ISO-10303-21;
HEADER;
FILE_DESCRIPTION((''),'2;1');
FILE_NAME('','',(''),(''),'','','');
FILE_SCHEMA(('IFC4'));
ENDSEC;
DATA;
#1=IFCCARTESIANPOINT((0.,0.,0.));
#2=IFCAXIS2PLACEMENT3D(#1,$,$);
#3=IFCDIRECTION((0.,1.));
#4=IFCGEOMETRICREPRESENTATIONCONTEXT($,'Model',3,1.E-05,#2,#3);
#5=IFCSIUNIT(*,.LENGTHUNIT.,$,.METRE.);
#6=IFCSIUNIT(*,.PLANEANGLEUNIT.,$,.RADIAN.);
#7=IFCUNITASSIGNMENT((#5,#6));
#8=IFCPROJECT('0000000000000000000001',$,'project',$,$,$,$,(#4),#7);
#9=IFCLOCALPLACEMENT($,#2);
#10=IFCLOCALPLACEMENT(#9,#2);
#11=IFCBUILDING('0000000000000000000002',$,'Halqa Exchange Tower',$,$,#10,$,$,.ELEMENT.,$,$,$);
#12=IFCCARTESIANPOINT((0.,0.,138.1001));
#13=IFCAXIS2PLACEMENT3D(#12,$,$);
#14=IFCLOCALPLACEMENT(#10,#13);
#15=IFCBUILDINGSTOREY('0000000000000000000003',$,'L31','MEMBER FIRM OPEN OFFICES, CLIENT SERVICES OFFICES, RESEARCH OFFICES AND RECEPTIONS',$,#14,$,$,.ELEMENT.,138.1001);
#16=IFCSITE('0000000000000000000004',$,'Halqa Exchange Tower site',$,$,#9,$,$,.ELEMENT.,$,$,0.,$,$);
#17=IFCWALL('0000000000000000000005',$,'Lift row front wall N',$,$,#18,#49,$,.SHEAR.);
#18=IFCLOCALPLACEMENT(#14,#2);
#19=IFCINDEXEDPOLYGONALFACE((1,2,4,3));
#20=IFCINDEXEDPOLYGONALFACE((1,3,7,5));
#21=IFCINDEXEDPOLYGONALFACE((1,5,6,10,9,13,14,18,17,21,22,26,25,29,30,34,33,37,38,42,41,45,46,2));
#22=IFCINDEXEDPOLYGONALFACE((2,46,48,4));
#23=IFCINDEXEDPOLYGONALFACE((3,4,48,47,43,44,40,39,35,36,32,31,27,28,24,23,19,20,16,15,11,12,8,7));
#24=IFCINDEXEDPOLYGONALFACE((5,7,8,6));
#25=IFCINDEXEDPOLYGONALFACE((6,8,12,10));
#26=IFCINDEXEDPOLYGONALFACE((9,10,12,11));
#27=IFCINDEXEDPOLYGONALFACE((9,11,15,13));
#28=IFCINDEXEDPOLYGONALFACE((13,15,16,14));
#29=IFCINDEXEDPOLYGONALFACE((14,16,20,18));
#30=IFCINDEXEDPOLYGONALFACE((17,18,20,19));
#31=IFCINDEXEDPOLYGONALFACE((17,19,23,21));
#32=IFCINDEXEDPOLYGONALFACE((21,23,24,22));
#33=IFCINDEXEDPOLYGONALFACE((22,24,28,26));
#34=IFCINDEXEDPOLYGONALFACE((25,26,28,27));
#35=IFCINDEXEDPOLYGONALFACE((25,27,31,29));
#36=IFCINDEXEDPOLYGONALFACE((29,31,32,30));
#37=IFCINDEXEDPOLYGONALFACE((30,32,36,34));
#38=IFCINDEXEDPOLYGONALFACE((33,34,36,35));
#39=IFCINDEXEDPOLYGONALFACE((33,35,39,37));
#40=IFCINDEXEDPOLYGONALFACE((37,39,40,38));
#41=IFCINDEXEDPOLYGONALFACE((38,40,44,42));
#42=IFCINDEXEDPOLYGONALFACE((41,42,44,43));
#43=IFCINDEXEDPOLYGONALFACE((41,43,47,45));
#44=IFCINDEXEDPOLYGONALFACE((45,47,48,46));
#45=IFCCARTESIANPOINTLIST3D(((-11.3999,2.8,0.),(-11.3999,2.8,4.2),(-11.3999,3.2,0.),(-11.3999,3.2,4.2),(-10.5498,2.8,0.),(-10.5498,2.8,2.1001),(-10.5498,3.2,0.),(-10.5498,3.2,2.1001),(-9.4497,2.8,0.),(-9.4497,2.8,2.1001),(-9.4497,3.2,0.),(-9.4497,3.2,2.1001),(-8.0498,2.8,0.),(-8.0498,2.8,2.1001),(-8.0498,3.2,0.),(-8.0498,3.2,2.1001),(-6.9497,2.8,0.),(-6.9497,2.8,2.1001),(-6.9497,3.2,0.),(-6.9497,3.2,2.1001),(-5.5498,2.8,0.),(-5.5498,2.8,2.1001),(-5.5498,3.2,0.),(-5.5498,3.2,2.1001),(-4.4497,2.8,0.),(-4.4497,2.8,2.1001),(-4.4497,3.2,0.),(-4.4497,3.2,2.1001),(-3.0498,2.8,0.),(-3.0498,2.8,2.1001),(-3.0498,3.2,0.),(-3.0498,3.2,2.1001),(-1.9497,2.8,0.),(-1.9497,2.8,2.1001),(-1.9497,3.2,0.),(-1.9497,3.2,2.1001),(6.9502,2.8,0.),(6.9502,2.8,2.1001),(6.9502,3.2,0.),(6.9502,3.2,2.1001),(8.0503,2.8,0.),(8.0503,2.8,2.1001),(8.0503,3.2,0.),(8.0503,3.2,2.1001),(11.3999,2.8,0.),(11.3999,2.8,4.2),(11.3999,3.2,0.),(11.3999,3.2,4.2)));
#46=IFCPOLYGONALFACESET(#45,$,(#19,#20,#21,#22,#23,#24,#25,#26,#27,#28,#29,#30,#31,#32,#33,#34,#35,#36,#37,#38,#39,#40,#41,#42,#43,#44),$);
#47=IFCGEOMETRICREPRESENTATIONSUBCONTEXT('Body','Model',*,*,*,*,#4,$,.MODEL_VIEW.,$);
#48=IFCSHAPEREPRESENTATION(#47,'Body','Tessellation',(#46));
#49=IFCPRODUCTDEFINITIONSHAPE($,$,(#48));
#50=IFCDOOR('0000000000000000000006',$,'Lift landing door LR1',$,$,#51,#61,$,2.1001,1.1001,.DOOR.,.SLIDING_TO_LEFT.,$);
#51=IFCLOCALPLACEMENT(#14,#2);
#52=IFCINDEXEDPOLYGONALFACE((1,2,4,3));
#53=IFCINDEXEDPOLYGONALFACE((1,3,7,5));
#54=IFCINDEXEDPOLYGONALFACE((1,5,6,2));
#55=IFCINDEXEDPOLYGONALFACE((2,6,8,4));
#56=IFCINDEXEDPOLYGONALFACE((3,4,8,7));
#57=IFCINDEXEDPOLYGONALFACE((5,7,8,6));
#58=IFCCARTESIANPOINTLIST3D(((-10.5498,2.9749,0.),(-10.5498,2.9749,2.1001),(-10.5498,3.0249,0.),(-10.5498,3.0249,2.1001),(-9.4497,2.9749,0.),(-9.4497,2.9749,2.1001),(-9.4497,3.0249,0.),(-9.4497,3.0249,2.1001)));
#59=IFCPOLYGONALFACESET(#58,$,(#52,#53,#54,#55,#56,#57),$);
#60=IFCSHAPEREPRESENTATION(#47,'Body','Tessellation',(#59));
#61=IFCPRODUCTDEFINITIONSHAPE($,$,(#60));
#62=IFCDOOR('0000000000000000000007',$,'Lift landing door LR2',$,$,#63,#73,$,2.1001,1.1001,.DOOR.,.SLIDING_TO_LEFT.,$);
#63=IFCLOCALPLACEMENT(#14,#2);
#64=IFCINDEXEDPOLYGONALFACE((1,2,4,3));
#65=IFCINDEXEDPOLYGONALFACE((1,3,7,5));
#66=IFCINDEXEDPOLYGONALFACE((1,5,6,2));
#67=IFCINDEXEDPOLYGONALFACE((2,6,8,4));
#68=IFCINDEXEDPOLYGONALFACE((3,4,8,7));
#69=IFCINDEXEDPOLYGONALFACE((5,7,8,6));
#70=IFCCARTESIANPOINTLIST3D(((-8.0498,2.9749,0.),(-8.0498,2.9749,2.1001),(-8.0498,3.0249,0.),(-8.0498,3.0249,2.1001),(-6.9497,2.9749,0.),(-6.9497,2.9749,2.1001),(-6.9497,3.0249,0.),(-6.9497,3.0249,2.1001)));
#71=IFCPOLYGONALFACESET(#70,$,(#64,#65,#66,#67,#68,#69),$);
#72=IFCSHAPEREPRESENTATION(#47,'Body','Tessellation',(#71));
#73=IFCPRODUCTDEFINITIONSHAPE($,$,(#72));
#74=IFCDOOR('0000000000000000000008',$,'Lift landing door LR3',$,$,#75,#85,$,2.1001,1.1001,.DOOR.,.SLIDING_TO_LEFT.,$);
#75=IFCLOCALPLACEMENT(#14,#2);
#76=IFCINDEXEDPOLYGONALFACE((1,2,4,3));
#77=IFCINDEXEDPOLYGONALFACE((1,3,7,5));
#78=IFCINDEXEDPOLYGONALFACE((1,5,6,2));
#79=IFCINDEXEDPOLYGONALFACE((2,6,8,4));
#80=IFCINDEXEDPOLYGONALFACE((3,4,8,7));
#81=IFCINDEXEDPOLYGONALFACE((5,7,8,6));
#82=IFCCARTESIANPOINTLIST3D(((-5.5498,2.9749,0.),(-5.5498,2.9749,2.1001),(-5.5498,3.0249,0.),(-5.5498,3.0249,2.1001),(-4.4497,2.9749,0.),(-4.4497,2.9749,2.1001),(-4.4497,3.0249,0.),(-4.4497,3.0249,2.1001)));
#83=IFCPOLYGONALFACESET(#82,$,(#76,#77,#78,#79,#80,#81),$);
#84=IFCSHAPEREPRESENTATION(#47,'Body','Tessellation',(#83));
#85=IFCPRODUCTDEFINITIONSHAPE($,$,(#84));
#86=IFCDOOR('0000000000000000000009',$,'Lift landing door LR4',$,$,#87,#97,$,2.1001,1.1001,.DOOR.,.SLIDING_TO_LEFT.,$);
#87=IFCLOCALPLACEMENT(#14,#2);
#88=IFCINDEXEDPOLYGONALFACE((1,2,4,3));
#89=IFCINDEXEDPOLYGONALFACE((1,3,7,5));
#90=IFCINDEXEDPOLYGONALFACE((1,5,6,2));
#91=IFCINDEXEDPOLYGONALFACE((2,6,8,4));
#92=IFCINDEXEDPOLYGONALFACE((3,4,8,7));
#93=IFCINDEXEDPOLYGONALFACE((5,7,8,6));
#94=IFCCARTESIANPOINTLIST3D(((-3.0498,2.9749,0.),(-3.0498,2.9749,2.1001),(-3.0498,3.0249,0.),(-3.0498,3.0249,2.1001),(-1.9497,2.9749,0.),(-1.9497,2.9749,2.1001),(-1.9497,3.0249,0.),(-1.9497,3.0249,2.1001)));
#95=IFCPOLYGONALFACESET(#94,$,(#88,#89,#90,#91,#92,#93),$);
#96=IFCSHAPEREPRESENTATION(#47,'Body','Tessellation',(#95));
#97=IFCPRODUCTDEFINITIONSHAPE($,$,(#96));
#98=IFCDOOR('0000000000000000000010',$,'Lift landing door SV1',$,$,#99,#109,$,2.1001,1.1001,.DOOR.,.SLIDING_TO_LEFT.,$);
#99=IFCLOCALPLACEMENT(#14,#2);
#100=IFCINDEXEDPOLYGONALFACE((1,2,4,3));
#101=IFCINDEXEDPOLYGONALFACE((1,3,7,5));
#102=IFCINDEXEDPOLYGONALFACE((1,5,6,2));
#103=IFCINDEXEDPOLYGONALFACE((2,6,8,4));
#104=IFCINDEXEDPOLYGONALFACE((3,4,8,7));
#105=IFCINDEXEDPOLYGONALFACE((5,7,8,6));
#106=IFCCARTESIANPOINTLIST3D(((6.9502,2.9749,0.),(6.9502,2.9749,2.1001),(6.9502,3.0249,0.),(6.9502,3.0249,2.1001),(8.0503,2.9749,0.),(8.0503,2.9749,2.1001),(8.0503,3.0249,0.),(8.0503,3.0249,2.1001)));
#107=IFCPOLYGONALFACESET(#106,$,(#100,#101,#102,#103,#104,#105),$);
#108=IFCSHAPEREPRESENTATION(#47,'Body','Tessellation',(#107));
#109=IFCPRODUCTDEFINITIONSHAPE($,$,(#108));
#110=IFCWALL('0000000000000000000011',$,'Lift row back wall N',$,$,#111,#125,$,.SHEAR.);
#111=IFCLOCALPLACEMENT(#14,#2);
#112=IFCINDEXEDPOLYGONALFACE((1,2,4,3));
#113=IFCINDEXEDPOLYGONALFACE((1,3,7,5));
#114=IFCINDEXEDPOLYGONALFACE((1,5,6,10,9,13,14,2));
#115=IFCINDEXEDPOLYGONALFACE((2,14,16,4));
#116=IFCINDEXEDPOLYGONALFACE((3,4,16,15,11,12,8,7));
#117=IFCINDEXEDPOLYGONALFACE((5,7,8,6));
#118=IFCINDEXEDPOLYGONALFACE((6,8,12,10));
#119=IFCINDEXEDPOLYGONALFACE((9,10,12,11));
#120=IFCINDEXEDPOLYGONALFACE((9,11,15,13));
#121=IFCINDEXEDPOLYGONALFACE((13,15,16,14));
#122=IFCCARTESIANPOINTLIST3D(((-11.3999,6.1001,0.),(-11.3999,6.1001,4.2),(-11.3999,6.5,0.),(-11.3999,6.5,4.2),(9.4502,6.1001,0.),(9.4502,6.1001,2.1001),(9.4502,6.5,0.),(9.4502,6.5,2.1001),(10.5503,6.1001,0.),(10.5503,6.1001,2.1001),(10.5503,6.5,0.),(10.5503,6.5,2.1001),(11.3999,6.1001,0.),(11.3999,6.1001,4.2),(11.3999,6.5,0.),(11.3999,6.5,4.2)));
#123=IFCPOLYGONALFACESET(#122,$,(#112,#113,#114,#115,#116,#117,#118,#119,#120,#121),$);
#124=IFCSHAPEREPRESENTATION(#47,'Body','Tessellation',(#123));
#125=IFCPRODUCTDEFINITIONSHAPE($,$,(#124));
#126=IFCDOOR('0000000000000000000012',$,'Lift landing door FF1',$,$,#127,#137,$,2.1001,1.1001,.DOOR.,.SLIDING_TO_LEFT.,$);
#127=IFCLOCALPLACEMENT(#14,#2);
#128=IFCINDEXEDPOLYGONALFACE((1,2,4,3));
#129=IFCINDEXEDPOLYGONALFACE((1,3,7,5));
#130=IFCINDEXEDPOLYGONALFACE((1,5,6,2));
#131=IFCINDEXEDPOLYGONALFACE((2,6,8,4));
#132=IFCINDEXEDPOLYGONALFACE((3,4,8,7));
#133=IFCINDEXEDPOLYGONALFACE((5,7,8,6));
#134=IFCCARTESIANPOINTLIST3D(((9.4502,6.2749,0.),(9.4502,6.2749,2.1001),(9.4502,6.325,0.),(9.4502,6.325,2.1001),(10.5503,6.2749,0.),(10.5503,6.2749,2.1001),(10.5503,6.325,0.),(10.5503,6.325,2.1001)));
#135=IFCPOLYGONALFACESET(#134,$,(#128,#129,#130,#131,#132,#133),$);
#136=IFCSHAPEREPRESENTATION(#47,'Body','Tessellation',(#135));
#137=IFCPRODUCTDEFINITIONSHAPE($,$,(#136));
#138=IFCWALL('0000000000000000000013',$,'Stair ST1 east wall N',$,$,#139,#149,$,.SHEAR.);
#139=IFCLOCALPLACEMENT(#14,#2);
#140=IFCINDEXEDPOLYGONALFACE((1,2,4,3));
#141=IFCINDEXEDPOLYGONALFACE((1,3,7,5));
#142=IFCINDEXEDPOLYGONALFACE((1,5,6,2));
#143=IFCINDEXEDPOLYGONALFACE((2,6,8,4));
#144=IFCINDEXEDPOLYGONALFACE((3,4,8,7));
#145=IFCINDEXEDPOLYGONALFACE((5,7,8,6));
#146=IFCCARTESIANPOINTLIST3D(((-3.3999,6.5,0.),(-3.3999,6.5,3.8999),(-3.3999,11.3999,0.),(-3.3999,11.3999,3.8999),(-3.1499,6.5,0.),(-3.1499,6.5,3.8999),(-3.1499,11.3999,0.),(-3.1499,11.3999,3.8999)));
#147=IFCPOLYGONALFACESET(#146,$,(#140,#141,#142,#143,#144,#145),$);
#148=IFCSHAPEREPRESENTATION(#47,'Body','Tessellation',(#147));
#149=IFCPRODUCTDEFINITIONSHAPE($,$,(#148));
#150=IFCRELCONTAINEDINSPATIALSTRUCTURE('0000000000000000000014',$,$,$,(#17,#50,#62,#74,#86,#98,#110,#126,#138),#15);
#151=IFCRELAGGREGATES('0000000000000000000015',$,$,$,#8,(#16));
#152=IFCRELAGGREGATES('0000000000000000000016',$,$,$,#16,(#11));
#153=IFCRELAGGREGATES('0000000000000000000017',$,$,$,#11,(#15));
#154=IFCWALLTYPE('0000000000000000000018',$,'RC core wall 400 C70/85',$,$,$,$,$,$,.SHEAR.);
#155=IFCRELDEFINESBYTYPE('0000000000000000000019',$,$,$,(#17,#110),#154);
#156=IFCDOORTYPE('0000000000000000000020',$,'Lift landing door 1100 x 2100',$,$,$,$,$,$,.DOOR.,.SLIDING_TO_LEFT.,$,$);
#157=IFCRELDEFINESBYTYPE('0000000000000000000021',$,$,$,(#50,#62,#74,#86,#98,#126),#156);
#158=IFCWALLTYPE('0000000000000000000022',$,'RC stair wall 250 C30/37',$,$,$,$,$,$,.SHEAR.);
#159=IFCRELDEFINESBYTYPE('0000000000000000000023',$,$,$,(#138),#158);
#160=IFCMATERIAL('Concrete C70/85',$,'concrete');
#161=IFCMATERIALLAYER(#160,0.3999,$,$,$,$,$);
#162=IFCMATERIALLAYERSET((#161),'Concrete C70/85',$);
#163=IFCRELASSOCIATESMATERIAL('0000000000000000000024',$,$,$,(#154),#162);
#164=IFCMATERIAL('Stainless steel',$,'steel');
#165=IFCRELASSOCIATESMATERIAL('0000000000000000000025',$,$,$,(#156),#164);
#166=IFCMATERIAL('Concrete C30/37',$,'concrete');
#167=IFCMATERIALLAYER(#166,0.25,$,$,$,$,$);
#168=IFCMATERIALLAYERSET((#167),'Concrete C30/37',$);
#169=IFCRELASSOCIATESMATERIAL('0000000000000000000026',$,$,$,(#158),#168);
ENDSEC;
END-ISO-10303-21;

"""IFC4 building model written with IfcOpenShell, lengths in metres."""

from ifc_helpers import new_model, si_unit, direction, frame, frame_2d, origin, place, context, subcontext, project, spatial, rectangle, extrude, material, layer, layer_set, type_object, element, fill, save


model = new_model("IFC4")

# Units and contexts
model_context = context("Model", 3, precision=1e-05, world=origin(), true_north=direction((0.0, 1.0)))
body_context = subcontext(model_context, "Body", "Model", "MODEL_VIEW")
ifc_project = project(units=[si_unit("LENGTHUNIT", "METRE"), si_unit("PLANEANGLEUNIT", "RADIAN")], contexts=[model_context])

# Site, building, storey
site_placement = place(None, origin())
site = spatial("IfcSite", under=ifc_project, at=site_placement, Name="Halqa Exchange Tower site", CompositionType="ELEMENT", RefElevation=0.0)
building_placement = place(site_placement, origin())
building = spatial("IfcBuilding", under=site, at=building_placement, Name="Halqa Exchange Tower", CompositionType="ELEMENT")
storey_placement = place(building_placement, frame((0.0, 0.0, 138.1001)))
storey = spatial("IfcBuildingStorey", under=building, at=storey_placement, Name="L31", Description="MEMBER FIRM OPEN OFFICES, CLIENT SERVICES OFFICES, RESEARCH OFFICES AND RECEPTIONS", CompositionType="ELEMENT", Elevation=138.1001)

# Wall, openings, doors
ifc_material_1 = material(Name="Concrete C70/85", Category="concrete")
ifc_layer_1 = layer(ifc_material_1, 0.3999)
ifc_layer_set_1 = layer_set([ifc_layer_1], Name="Concrete C70/85")
wall_type_1 = type_object("IfcWallType", Name="RC core wall 400 C70/85", PredefinedType="SHEAR", material=ifc_layer_set_1)
wall_1_placement = place(storey_placement, frame((-11.3999, 3.0, 0.0), z_axis=(0.0, 0.0, 1.0), x_axis=(1.0, 0.0, 0.0)))
wall_1 = element("IfcWall", 1, at=wall_1_placement, inside=storey, type_object=wall_type_1, Name="Lift row front wall N", PredefinedType="SHEAR", context=body_context, shape_type="SweptSolid", body=[
    extrude(rectangle(XDim=22.7998, YDim=0.3999, at=frame_2d((11.3999, 0.0))), origin(), (0.0, 0.0, 1.0), 4.2),
])
opening_1_placement = place(wall_1_placement, frame((0.8501, 0.0, 0.0)))
opening_1 = element("IfcOpeningElement", 2, at=opening_1_placement, cuts=wall_1, PredefinedType="OPENING", context=body_context, shape_type="SweptSolid", body=[
    extrude(rectangle(XDim=1.1001, YDim=2.1001, at=frame_2d((0.55, 1.05))), frame((0.0, 0.2119, 0.0), z_axis=(0.0, -1.0, 0.0), x_axis=(1.0, 0.0, 0.0)), (0.0, 0.0, 1.0), 0.4238),
])
opening_2_placement = place(wall_1_placement, frame((3.3501, 0.0, 0.0)))
opening_2 = element("IfcOpeningElement", 3, at=opening_2_placement, cuts=wall_1, PredefinedType="OPENING", context=body_context, shape_type="SweptSolid", body=[
    extrude(rectangle(XDim=1.1001, YDim=2.1001, at=frame_2d((0.55, 1.05))), frame((0.0, 0.2119, 0.0), z_axis=(0.0, -1.0, 0.0), x_axis=(1.0, 0.0, 0.0)), (0.0, 0.0, 1.0), 0.4238),
])
opening_3_placement = place(wall_1_placement, frame((5.8501, 0.0, 0.0)))
opening_3 = element("IfcOpeningElement", 4, at=opening_3_placement, cuts=wall_1, PredefinedType="OPENING", context=body_context, shape_type="SweptSolid", body=[
    extrude(rectangle(XDim=1.1001, YDim=2.1001, at=frame_2d((0.55, 1.05))), frame((0.0, 0.2119, 0.0), z_axis=(0.0, -1.0, 0.0), x_axis=(1.0, 0.0, 0.0)), (0.0, 0.0, 1.0), 0.4238),
])
opening_4_placement = place(wall_1_placement, frame((8.3501, 0.0, 0.0)))
opening_4 = element("IfcOpeningElement", 5, at=opening_4_placement, cuts=wall_1, PredefinedType="OPENING", context=body_context, shape_type="SweptSolid", body=[
    extrude(rectangle(XDim=1.1001, YDim=2.1001, at=frame_2d((0.55, 1.05))), frame((0.0, 0.2119, 0.0), z_axis=(0.0, -1.0, 0.0), x_axis=(1.0, 0.0, 0.0)), (0.0, 0.0, 1.0), 0.4238),
])
opening_5_placement = place(wall_1_placement, frame((18.3501, 0.0, 0.0)))
opening_5 = element("IfcOpeningElement", 6, at=opening_5_placement, cuts=wall_1, PredefinedType="OPENING", context=body_context, shape_type="SweptSolid", body=[
    extrude(rectangle(XDim=1.1001, YDim=2.1001, at=frame_2d((0.55, 1.05))), frame((0.0, 0.2119, 0.0), z_axis=(0.0, -1.0, 0.0), x_axis=(1.0, 0.0, 0.0)), (0.0, 0.0, 1.0), 0.4238),
])
ifc_material_2 = material(Name="Stainless steel", Category="steel")
door_type = type_object("IfcDoorType", Name="Lift landing door 1100 x 2100", OperationType="SLIDING_TO_LEFT", PredefinedType="DOOR", material=ifc_material_2)
door_1_placement = place(opening_1_placement, origin())
door_1 = element("IfcDoor", 7, at=door_1_placement, inside=storey, type_object=door_type, Name="Lift landing door LR1", OperationType="SLIDING_TO_LEFT", OverallHeight=2.1001, OverallWidth=1.1001, PredefinedType="DOOR", context=body_context, shape_type="SweptSolid", body=[
    extrude(rectangle(XDim=1.1001, YDim=2.1001, at=frame_2d((0.55, 1.05))), frame((0.0, 0.0249, 0.0), z_axis=(0.0, -1.0, 0.0), x_axis=(1.0, 0.0, 0.0)), (0.0, 0.0, 1.0), 0.05),
])
fill(opening_1, door_1)
door_2_placement = place(opening_2_placement, origin())
door_2 = element("IfcDoor", 8, at=door_2_placement, inside=storey, type_object=door_type, Name="Lift landing door LR2", OperationType="SLIDING_TO_LEFT", OverallHeight=2.1001, OverallWidth=1.1001, PredefinedType="DOOR", context=body_context, shape_type="SweptSolid", body=[
    extrude(rectangle(XDim=1.1001, YDim=2.1001, at=frame_2d((0.55, 1.05))), frame((0.0, 0.0249, 0.0), z_axis=(0.0, -1.0, 0.0), x_axis=(1.0, 0.0, 0.0)), (0.0, 0.0, 1.0), 0.05),
])
fill(opening_2, door_2)
door_3_placement = place(opening_3_placement, origin())
door_3 = element("IfcDoor", 9, at=door_3_placement, inside=storey, type_object=door_type, Name="Lift landing door LR3", OperationType="SLIDING_TO_LEFT", OverallHeight=2.1001, OverallWidth=1.1001, PredefinedType="DOOR", context=body_context, shape_type="SweptSolid", body=[
    extrude(rectangle(XDim=1.1001, YDim=2.1001, at=frame_2d((0.55, 1.05))), frame((0.0, 0.0249, 0.0), z_axis=(0.0, -1.0, 0.0), x_axis=(1.0, 0.0, 0.0)), (0.0, 0.0, 1.0), 0.05),
])
fill(opening_3, door_3)
door_4_placement = place(opening_4_placement, origin())
door_4 = element("IfcDoor", 10, at=door_4_placement, inside=storey, type_object=door_type, Name="Lift landing door LR4", OperationType="SLIDING_TO_LEFT", OverallHeight=2.1001, OverallWidth=1.1001, PredefinedType="DOOR", context=body_context, shape_type="SweptSolid", body=[
    extrude(rectangle(XDim=1.1001, YDim=2.1001, at=frame_2d((0.55, 1.05))), frame((0.0, 0.0249, 0.0), z_axis=(0.0, -1.0, 0.0), x_axis=(1.0, 0.0, 0.0)), (0.0, 0.0, 1.0), 0.05),
])
fill(opening_4, door_4)
door_5_placement = place(opening_5_placement, origin())
door_5 = element("IfcDoor", 11, at=door_5_placement, inside=storey, type_object=door_type, Name="Lift landing door SV1", OperationType="SLIDING_TO_LEFT", OverallHeight=2.1001, OverallWidth=1.1001, PredefinedType="DOOR", context=body_context, shape_type="SweptSolid", body=[
    extrude(rectangle(XDim=1.1001, YDim=2.1001, at=frame_2d((0.55, 1.05))), frame((0.0, 0.0249, 0.0), z_axis=(0.0, -1.0, 0.0), x_axis=(1.0, 0.0, 0.0)), (0.0, 0.0, 1.0), 0.05),
])
fill(opening_5, door_5)

# Wall, opening, door
wall_2_placement = place(storey_placement, frame((-11.3999, 6.3, 0.0), z_axis=(0.0, 0.0, 1.0), x_axis=(1.0, 0.0, 0.0)))
wall_2 = element("IfcWall", 12, at=wall_2_placement, inside=storey, type_object=wall_type_1, Name="Lift row back wall N", PredefinedType="SHEAR", context=body_context, shape_type="SweptSolid", body=[
    extrude(rectangle(XDim=22.7998, YDim=0.3999, at=frame_2d((11.3999, 0.0))), origin(), (0.0, 0.0, 1.0), 4.2),
])
opening_6_placement = place(wall_2_placement, frame((20.8501, 0.0, 0.0)))
opening_6 = element("IfcOpeningElement", 13, at=opening_6_placement, cuts=wall_2, PredefinedType="OPENING", context=body_context, shape_type="SweptSolid", body=[
    extrude(rectangle(XDim=1.1001, YDim=2.1001, at=frame_2d((0.55, 1.05))), frame((0.0, 0.2119, 0.0), z_axis=(0.0, -1.0, 0.0), x_axis=(1.0, 0.0, 0.0)), (0.0, 0.0, 1.0), 0.4238),
])
door_6_placement = place(opening_6_placement, origin())
door_6 = element("IfcDoor", 14, at=door_6_placement, inside=storey, type_object=door_type, Name="Lift landing door FF1", OperationType="SLIDING_TO_LEFT", OverallHeight=2.1001, OverallWidth=1.1001, PredefinedType="DOOR", context=body_context, shape_type="SweptSolid", body=[
    extrude(rectangle(XDim=1.1001, YDim=2.1001, at=frame_2d((0.55, 1.05))), frame((0.0, 0.0249, 0.0), z_axis=(0.0, -1.0, 0.0), x_axis=(1.0, 0.0, 0.0)), (0.0, 0.0, 1.0), 0.05),
])
fill(opening_6, door_6)

# Wall
ifc_material_3 = material(Name="Concrete C30/37", Category="concrete")
ifc_layer_2 = layer(ifc_material_3, 0.25)
ifc_layer_set_2 = layer_set([ifc_layer_2], Name="Concrete C30/37")
wall_type_2 = type_object("IfcWallType", Name="RC stair wall 250 C30/37", PredefinedType="SHEAR", material=ifc_layer_set_2)
wall_3_placement = place(storey_placement, frame((-3.2749, 6.5, 0.0), z_axis=(0.0, 0.0, 1.0), x_axis=(0.0, 1.0, 0.0)))
element("IfcWall", 15, at=wall_3_placement, inside=storey, type_object=wall_type_2, Name="Stair ST1 east wall N", PredefinedType="SHEAR", context=body_context, shape_type="SweptSolid", body=[
    extrude(rectangle(XDim=4.8999, YDim=0.25, at=frame_2d((2.45, 0.0))), origin(), (0.0, 0.0, 1.0), 3.8999),
])

save(model, "model.ifc")
